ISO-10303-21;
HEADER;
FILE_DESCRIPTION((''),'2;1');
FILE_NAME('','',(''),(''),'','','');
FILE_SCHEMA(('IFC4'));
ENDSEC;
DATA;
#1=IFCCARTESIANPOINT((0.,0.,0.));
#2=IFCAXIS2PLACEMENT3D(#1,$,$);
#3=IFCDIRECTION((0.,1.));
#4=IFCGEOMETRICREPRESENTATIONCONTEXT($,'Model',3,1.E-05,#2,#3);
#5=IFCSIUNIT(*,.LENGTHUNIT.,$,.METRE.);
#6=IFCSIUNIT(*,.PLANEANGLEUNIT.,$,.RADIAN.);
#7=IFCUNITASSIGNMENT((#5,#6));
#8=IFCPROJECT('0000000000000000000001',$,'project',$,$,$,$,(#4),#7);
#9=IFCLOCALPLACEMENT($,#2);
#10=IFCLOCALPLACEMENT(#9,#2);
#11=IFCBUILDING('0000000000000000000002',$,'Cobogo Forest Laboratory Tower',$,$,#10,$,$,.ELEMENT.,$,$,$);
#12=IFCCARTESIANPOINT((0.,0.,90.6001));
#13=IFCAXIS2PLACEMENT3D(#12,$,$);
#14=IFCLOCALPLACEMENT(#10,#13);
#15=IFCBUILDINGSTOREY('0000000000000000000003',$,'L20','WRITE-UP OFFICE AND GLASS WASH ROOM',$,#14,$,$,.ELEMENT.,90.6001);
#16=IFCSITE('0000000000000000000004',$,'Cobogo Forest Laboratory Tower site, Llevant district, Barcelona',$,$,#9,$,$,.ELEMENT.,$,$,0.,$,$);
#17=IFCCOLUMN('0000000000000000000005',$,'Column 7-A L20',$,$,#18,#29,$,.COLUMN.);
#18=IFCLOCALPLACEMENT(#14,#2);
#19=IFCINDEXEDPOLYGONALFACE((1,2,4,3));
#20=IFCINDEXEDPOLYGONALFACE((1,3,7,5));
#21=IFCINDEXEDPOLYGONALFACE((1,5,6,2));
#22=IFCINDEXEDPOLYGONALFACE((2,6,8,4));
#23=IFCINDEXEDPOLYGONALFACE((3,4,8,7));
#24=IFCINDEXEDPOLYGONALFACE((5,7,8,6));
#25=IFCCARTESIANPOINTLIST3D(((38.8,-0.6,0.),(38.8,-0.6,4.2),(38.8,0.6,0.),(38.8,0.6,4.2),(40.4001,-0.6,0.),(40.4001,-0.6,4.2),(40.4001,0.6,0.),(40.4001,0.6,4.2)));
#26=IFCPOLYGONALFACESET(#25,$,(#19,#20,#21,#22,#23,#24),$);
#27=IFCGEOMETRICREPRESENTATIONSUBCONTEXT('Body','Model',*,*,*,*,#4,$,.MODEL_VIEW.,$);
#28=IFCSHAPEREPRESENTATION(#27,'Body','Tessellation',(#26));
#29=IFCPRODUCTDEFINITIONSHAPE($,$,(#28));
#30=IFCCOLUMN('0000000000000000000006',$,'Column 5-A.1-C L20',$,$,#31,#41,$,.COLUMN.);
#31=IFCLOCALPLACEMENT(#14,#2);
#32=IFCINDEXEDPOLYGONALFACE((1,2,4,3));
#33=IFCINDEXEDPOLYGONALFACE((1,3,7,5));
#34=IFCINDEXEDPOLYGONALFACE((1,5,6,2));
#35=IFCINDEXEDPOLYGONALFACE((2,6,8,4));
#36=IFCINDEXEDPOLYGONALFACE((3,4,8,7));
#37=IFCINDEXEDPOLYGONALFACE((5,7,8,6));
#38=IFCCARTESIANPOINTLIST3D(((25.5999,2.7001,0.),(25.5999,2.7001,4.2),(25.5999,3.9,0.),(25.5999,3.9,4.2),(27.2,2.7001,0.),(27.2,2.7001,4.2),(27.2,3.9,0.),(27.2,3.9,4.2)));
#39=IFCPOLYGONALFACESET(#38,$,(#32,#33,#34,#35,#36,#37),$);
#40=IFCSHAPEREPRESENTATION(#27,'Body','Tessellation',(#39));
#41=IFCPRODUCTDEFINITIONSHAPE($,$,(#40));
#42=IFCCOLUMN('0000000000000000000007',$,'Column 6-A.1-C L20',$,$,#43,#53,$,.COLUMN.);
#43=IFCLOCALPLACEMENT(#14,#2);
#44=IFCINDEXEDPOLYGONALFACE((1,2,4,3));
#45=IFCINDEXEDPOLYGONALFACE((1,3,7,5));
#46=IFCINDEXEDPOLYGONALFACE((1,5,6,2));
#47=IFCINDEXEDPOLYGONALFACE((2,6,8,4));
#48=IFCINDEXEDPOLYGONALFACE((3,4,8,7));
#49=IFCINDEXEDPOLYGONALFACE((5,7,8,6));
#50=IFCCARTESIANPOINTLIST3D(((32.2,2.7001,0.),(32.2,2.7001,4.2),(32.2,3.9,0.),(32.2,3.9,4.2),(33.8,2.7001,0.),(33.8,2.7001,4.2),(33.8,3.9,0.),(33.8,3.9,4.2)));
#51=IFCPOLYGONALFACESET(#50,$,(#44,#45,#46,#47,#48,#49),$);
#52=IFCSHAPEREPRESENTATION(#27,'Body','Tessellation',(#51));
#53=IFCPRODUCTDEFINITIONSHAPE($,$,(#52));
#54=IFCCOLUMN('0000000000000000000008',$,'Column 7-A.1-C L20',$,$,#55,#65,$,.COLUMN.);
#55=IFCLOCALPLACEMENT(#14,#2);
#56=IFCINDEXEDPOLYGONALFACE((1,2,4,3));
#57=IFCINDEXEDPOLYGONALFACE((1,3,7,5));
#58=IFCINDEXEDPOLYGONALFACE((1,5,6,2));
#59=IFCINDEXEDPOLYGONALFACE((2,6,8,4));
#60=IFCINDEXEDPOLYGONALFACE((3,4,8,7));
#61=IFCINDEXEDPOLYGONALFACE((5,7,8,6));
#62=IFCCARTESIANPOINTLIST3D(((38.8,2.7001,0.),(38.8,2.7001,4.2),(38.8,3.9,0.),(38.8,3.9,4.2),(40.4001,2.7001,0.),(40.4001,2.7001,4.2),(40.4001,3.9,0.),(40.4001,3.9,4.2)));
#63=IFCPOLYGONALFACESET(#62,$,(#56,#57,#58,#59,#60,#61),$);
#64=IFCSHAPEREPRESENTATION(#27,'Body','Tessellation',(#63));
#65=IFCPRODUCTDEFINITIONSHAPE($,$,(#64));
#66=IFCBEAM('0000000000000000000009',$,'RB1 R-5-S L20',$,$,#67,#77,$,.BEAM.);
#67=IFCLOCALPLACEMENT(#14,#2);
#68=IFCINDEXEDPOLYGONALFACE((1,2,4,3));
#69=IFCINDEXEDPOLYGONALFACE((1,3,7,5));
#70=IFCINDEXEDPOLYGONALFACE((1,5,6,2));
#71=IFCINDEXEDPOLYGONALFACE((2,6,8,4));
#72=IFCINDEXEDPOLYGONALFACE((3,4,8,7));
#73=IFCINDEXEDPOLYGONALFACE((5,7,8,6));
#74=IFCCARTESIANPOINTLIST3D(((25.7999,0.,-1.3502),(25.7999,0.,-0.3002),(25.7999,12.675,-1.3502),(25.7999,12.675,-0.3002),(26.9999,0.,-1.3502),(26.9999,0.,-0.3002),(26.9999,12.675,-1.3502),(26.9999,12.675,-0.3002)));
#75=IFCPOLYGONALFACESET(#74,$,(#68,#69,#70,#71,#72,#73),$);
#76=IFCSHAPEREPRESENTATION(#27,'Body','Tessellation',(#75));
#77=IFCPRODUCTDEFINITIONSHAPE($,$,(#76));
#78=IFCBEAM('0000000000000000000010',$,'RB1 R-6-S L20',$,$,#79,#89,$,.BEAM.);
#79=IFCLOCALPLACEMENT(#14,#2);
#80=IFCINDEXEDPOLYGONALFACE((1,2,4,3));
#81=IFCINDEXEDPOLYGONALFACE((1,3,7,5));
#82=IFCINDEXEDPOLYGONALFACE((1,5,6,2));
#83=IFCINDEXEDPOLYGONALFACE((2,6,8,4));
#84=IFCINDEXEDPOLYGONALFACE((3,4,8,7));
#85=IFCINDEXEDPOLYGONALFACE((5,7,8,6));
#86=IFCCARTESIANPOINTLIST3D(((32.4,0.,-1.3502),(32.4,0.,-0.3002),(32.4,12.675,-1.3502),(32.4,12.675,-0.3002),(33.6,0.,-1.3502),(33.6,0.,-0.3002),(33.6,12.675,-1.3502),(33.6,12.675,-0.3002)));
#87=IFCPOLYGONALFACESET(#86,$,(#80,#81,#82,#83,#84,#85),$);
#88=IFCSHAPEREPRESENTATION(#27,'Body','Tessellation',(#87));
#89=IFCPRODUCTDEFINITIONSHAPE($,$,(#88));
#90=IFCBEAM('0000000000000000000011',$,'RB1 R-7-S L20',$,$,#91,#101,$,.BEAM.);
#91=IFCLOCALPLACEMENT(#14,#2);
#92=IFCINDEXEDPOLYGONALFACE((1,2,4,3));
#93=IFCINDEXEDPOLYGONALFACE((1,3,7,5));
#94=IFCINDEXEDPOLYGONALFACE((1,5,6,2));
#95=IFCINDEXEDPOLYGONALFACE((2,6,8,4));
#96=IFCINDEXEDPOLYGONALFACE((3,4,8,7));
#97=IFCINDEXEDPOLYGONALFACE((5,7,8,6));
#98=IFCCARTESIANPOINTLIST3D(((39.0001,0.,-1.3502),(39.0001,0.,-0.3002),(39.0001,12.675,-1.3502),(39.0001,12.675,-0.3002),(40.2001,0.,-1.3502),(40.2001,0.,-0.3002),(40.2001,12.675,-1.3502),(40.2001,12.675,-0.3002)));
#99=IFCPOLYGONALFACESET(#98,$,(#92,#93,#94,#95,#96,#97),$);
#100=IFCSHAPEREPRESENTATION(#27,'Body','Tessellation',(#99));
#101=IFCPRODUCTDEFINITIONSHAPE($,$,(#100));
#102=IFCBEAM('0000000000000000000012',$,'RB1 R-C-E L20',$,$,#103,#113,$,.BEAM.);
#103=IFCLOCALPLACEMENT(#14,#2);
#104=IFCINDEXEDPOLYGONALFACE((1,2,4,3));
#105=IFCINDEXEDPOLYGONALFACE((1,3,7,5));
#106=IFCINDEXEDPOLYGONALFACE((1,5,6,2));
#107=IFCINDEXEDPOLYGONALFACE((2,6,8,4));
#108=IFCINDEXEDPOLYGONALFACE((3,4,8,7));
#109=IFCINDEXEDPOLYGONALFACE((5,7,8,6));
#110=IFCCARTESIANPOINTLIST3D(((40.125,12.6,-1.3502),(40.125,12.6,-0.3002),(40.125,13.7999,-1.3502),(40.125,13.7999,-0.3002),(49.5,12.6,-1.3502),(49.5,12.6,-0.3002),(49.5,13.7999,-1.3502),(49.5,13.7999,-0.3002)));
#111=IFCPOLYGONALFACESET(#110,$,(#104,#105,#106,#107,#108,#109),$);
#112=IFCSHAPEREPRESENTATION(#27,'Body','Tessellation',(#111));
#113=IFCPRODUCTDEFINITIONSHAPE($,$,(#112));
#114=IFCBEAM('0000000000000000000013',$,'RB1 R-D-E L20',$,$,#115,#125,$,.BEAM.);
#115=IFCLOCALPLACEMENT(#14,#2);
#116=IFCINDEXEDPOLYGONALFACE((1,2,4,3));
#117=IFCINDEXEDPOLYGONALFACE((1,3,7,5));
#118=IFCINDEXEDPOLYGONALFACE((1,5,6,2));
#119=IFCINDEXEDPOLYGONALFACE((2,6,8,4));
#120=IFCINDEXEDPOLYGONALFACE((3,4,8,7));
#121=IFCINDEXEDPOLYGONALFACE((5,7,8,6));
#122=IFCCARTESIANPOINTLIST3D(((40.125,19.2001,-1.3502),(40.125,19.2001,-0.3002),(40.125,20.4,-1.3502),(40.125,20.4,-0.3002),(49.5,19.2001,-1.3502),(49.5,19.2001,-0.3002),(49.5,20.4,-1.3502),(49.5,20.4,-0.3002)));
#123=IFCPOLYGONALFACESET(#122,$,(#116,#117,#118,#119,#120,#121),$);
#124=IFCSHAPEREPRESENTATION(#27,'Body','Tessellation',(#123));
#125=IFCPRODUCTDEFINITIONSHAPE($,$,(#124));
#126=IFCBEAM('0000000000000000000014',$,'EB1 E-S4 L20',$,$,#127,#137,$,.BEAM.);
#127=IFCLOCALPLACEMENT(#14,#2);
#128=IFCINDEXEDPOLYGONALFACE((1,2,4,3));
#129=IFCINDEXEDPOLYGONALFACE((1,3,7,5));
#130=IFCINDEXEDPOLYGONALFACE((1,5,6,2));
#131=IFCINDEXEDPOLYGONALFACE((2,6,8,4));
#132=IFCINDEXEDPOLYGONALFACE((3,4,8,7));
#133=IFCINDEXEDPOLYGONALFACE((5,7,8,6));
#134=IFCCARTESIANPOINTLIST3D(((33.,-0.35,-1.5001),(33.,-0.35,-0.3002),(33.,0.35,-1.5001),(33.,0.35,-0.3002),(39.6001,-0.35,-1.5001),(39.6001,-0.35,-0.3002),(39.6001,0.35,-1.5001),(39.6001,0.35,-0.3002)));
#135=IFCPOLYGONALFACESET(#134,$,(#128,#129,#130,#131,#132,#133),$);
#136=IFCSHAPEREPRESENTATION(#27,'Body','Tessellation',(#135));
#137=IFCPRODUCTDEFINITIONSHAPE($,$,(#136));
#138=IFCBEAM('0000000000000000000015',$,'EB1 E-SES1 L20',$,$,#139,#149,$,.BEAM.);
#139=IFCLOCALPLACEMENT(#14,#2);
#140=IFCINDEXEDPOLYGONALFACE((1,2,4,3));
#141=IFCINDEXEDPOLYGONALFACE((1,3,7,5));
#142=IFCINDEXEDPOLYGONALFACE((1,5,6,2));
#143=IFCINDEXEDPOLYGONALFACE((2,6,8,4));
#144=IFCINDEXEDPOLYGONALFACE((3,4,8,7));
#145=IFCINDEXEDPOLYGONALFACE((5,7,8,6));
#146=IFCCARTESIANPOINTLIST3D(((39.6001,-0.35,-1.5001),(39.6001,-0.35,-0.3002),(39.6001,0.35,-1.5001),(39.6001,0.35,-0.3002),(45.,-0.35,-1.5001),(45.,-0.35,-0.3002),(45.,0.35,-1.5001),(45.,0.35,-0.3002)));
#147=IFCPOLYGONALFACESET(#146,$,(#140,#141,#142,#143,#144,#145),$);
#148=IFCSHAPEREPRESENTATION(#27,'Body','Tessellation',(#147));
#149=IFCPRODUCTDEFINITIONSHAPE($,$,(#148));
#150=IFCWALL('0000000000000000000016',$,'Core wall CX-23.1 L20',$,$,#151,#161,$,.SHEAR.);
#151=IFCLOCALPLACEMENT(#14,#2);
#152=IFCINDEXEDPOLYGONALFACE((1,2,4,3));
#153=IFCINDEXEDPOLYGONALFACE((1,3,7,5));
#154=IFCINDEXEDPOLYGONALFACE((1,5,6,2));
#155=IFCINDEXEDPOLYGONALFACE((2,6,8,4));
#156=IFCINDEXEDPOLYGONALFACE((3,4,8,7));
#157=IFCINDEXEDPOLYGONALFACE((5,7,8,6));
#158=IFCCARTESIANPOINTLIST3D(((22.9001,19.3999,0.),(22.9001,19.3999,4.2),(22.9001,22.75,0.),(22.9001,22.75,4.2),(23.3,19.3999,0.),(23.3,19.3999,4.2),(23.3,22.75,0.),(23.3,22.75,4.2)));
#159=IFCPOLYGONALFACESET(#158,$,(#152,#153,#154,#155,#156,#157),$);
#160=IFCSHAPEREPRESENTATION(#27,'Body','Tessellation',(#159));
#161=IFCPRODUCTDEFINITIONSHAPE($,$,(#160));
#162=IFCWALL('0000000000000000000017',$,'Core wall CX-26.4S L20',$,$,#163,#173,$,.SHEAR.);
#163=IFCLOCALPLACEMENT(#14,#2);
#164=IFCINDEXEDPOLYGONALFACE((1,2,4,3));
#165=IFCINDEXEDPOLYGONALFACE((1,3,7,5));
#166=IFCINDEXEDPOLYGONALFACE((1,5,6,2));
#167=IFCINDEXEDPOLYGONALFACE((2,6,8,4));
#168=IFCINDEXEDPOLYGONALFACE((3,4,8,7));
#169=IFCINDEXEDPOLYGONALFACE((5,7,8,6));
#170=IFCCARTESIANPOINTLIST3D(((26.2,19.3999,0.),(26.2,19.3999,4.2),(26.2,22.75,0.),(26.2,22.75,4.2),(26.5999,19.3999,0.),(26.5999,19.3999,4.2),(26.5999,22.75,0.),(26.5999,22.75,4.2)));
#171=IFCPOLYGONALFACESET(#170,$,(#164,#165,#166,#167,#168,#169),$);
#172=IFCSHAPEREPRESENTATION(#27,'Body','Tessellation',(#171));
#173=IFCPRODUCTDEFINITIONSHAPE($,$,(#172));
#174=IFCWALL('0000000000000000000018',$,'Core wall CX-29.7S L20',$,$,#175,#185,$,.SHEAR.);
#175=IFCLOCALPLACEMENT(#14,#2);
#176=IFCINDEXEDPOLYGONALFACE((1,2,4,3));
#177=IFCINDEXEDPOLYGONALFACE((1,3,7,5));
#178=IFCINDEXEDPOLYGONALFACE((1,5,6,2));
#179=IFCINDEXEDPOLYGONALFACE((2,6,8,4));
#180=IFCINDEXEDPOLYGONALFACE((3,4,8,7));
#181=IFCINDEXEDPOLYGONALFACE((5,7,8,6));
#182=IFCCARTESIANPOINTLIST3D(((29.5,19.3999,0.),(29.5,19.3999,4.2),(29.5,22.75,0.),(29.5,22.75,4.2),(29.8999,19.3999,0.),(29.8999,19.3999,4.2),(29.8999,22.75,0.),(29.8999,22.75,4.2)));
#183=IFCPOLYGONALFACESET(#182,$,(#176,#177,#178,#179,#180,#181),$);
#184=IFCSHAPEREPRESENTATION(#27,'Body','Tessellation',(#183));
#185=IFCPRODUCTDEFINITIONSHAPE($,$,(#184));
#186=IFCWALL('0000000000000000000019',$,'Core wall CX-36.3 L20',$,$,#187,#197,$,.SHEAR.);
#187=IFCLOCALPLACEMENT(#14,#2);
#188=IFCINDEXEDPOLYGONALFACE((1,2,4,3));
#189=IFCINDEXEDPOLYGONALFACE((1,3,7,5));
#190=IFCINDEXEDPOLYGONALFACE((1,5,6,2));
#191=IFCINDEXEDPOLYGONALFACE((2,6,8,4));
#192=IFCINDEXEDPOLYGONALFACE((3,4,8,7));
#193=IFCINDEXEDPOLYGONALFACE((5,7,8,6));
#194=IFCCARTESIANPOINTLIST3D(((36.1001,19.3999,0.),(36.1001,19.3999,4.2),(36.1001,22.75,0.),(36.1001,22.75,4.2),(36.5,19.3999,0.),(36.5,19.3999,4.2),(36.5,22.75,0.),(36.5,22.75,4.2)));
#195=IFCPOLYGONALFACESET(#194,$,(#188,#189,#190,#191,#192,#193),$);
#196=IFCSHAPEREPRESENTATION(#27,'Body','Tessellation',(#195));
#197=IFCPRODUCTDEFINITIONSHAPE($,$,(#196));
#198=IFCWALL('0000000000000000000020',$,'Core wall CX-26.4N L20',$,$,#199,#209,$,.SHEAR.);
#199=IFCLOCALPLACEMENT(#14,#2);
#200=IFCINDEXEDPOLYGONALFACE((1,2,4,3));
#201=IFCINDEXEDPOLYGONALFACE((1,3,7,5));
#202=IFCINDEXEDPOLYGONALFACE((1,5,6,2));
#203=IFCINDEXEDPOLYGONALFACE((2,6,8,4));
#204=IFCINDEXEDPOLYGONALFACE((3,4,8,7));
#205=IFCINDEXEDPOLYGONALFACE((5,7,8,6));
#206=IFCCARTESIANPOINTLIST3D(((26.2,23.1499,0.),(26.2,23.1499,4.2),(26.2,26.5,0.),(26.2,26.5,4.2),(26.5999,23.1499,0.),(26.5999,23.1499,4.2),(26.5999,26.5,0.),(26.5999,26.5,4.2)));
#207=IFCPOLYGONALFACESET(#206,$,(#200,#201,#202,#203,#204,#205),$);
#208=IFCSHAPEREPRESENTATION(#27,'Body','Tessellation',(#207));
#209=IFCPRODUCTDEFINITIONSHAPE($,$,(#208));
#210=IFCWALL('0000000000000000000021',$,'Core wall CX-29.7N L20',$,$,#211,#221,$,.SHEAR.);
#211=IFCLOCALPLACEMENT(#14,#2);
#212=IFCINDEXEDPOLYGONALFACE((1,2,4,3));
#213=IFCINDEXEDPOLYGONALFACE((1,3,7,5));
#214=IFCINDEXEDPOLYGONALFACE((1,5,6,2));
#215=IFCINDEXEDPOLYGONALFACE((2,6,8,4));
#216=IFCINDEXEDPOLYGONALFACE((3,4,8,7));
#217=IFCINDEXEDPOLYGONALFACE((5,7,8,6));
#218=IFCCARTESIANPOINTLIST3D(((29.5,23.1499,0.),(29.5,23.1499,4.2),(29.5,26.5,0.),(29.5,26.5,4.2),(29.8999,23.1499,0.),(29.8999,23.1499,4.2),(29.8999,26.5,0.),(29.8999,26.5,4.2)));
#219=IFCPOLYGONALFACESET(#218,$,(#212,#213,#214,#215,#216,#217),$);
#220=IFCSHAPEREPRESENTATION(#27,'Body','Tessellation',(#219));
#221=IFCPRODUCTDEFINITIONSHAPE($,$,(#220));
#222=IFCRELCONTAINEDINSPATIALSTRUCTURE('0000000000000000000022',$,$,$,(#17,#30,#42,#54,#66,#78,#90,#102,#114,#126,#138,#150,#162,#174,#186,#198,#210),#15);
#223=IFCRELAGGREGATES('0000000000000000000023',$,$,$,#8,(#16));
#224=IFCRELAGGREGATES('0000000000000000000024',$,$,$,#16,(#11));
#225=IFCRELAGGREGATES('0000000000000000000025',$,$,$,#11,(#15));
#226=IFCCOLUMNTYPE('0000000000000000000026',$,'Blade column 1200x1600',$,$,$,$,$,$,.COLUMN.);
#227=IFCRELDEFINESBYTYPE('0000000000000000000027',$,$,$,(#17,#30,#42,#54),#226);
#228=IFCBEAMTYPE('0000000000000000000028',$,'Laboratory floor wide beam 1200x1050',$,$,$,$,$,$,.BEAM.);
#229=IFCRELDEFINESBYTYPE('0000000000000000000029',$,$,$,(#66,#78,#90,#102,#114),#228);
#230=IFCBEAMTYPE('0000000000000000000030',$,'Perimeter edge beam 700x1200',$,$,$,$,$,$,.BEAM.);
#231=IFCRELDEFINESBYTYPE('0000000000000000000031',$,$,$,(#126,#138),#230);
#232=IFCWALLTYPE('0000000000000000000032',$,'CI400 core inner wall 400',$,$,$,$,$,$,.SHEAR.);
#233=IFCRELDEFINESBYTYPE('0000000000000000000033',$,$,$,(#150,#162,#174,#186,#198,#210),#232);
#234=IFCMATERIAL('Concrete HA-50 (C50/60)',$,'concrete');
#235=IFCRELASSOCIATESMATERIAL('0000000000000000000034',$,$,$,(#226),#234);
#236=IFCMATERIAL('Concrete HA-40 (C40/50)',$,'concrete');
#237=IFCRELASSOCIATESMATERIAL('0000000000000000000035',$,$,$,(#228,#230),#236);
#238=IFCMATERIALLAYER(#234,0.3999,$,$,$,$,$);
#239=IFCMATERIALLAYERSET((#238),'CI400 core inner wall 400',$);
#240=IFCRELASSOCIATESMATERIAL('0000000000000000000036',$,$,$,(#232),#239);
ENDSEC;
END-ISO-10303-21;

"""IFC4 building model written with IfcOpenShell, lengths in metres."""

from ifc_helpers import new_model, si_unit, direction, frame, frame_2d, origin, origin_2d, place, context, subcontext, project, spatial, rectangle, extrude, material, layer, layer_set, material_profile, profile_set, type_object, element, save


model = new_model("IFC4")

# Units and contexts
model_context = context("Model", 3, precision=1e-05, world=origin(), true_north=direction((0.0, 1.0)))
body_context = subcontext(model_context, "Body", "Model", "MODEL_VIEW")
ifc_project = project(units=[si_unit("LENGTHUNIT", "METRE"), si_unit("PLANEANGLEUNIT", "RADIAN")], contexts=[model_context])

# Site, building, storey
site_placement = place(None, origin())
site = spatial("IfcSite", under=ifc_project, at=site_placement, Name="Cobogo Forest Laboratory Tower site, Llevant district, Barcelona", CompositionType="ELEMENT", RefElevation=0.0)
building_placement = place(site_placement, origin())
building = spatial("IfcBuilding", under=site, at=building_placement, Name="Cobogo Forest Laboratory Tower", CompositionType="ELEMENT")
storey_placement = place(building_placement, frame((0.0, 0.0, 90.6001)))
storey = spatial("IfcBuildingStorey", under=building, at=storey_placement, Name="L20", Description="WRITE-UP OFFICE AND GLASS WASH ROOM", CompositionType="ELEMENT", Elevation=90.6001)

# Columns
ifc_material_1 = material(Name="Concrete HA-50 (C50/60)", Category="concrete")
ifc_material_profile_1 = material_profile(ifc_material_1, rectangle(XDim=1.6001, YDim=1.2, at=origin_2d()), Name="RC 1200x1600")
ifc_profile_set_1 = profile_set([ifc_material_profile_1], Name="Concrete HA-50 (C50/60)")
column_type = type_object("IfcColumnType", Name="Blade column 1200x1600", PredefinedType="COLUMN", material=ifc_profile_set_1)
for number, where, z_axis, x_axis, name in (
    (1, (39.6001, 0.0, 0.0), (0.0, 0.0, 1.0), (1.0, 0.0, 0.0), "Column 7-A L20"),
    (2, (26.3999, 3.3, 0.0), (0.0, 0.0, 1.0), (1.0, 0.0, 0.0), "Column 5-A.1-C L20"),
    (3, (33.0, 3.3, 0.0), (0.0, 0.0, 1.0), (1.0, 0.0, 0.0), "Column 6-A.1-C L20"),
    (4, (39.6001, 3.3, 0.0), (0.0, 0.0, 1.0), (1.0, 0.0, 0.0), "Column 7-A.1-C L20"),
):
    element("IfcColumn", number, at=place(storey_placement, frame(where, z_axis=z_axis, x_axis=x_axis)), inside=storey, type_object=column_type, Name=name, PredefinedType="COLUMN", context=body_context, shape_type="SweptSolid", body=[
        extrude(rectangle(XDim=1.6001, YDim=1.2, at=origin_2d()), origin(), (0.0, 0.0, 1.0), 4.2),
    ])

# Beams
ifc_material_2 = material(Name="Concrete HA-40 (C40/50)", Category="concrete")
ifc_material_profile_2 = material_profile(ifc_material_2, rectangle(XDim=1.2, YDim=1.05, at=origin_2d()), Name="RC 1200x1050")
ifc_profile_set_2 = profile_set([ifc_material_profile_2], Name="Concrete HA-40 (C40/50)")
beam_type_1 = type_object("IfcBeamType", Name="Laboratory floor wide beam 1200x1050", PredefinedType="BEAM", material=ifc_profile_set_2)
for number, where, z_axis, x_axis, name in (
    (5, (26.3999, 12.675, -0.8252), (0.0, -1.0, 0.0), (1.0, 0.0, 0.0), "RB1 R-5-S L20"),
    (6, (33.0, 12.675, -0.8252), (0.0, -1.0, 0.0), (1.0, 0.0, 0.0), "RB1 R-6-S L20"),
    (7, (39.6001, 12.675, -0.8252), (0.0, -1.0, 0.0), (1.0, 0.0, 0.0), "RB1 R-7-S L20"),
):
    element("IfcBeam", number, at=place(storey_placement, frame(where, z_axis=z_axis, x_axis=x_axis)), inside=storey, type_object=beam_type_1, Name=name, PredefinedType="BEAM", context=body_context, shape_type="SweptSolid", body=[
        extrude(rectangle(XDim=1.2, YDim=1.05, at=origin_2d()), origin(), (0.0, 0.0, 1.0), 12.675),
    ])
for number, where, z_axis, x_axis, name in (
    (8, (40.125, 13.2, -0.8252), (1.0, 0.0, 0.0), (0.0, 1.0, 0.0), "RB1 R-C-E L20"),
    (9, (40.125, 19.8, -0.8252), (1.0, 0.0, 0.0), (0.0, 1.0, 0.0), "RB1 R-D-E L20"),
):
    element("IfcBeam", number, at=place(storey_placement, frame(where, z_axis=z_axis, x_axis=x_axis)), inside=storey, type_object=beam_type_1, Name=name, PredefinedType="BEAM", context=body_context, shape_type="SweptSolid", body=[
        extrude(rectangle(XDim=1.2, YDim=1.05, at=origin_2d()), origin(), (0.0, 0.0, 1.0), 9.375),
    ])
ifc_material_profile_3 = material_profile(ifc_material_2, rectangle(XDim=0.7, YDim=1.2, at=origin_2d()), Name="RC 700x1200")
ifc_profile_set_3 = profile_set([ifc_material_profile_3], Name="Concrete HA-40 (C40/50)")
beam_type_2 = type_object("IfcBeamType", Name="Perimeter edge beam 700x1200", PredefinedType="BEAM", material=ifc_profile_set_3)
beam_1_placement = place(storey_placement, frame((33.0, 0.0, -0.9001), z_axis=(1.0, 0.0, 0.0), x_axis=(0.0, 1.0, 0.0)))
element("IfcBeam", 10, at=beam_1_placement, inside=storey, type_object=beam_type_2, Name="EB1 E-S4 L20", PredefinedType="BEAM", context=body_context, shape_type="SweptSolid", body=[
    extrude(rectangle(XDim=0.7, YDim=1.2, at=origin_2d()), origin(), (0.0, 0.0, 1.0), 6.6001),
])
beam_2_placement = place(storey_placement, frame((39.6001, 0.0, -0.9001), z_axis=(1.0, 0.0, 0.0), x_axis=(0.0, 1.0, 0.0)))
element("IfcBeam", 11, at=beam_2_placement, inside=storey, type_object=beam_type_2, Name="EB1 E-SES1 L20", PredefinedType="BEAM", context=body_context, shape_type="SweptSolid", body=[
    extrude(rectangle(XDim=0.7, YDim=1.2, at=origin_2d()), origin(), (0.0, 0.0, 1.0), 5.3999),
])

# Walls
ifc_layer_1 = layer(ifc_material_1, 0.3999)
ifc_layer_set_1 = layer_set([ifc_layer_1], Name="CI400 core inner wall 400")
wall_type_1 = type_object("IfcWallType", Name="CI400 core inner wall 400", PredefinedType="SHEAR", material=ifc_layer_set_1)
for number, where, z_axis, x_axis, name in (
    (12, (23.1001, 19.3999, 0.0), (0.0, 0.0, 1.0), (0.0, 1.0, 0.0), "Core wall CX-23.1 L20"),
    (13, (26.3999, 19.3999, 0.0), (0.0, 0.0, 1.0), (0.0, 1.0, 0.0), "Core wall CX-26.4S L20"),
    (14, (29.7, 19.3999, 0.0), (0.0, 0.0, 1.0), (0.0, 1.0, 0.0), "Core wall CX-29.7S L20"),
    (15, (36.3, 19.3999, 0.0), (0.0, 0.0, 1.0), (0.0, 1.0, 0.0), "Core wall CX-36.3 L20"),
    (16, (26.3999, 23.1499, 0.0), (0.0, 0.0, 1.0), (0.0, 1.0, 0.0), "Core wall CX-26.4N L20"),
    (17, (29.7, 23.1499, 0.0), (0.0, 0.0, 1.0), (0.0, 1.0, 0.0), "Core wall CX-29.7N L20"),
):
    element("IfcWall", number, at=place(storey_placement, frame(where, z_axis=z_axis, x_axis=x_axis)), inside=storey, type_object=wall_type_1, Name=name, PredefinedType="SHEAR", context=body_context, shape_type="SweptSolid", body=[
        extrude(rectangle(XDim=3.3501, YDim=0.3999, at=frame_2d((1.675, 0.0))), origin(), (0.0, 0.0, 1.0), 4.2),
    ])

save(model, "model.ifc")
